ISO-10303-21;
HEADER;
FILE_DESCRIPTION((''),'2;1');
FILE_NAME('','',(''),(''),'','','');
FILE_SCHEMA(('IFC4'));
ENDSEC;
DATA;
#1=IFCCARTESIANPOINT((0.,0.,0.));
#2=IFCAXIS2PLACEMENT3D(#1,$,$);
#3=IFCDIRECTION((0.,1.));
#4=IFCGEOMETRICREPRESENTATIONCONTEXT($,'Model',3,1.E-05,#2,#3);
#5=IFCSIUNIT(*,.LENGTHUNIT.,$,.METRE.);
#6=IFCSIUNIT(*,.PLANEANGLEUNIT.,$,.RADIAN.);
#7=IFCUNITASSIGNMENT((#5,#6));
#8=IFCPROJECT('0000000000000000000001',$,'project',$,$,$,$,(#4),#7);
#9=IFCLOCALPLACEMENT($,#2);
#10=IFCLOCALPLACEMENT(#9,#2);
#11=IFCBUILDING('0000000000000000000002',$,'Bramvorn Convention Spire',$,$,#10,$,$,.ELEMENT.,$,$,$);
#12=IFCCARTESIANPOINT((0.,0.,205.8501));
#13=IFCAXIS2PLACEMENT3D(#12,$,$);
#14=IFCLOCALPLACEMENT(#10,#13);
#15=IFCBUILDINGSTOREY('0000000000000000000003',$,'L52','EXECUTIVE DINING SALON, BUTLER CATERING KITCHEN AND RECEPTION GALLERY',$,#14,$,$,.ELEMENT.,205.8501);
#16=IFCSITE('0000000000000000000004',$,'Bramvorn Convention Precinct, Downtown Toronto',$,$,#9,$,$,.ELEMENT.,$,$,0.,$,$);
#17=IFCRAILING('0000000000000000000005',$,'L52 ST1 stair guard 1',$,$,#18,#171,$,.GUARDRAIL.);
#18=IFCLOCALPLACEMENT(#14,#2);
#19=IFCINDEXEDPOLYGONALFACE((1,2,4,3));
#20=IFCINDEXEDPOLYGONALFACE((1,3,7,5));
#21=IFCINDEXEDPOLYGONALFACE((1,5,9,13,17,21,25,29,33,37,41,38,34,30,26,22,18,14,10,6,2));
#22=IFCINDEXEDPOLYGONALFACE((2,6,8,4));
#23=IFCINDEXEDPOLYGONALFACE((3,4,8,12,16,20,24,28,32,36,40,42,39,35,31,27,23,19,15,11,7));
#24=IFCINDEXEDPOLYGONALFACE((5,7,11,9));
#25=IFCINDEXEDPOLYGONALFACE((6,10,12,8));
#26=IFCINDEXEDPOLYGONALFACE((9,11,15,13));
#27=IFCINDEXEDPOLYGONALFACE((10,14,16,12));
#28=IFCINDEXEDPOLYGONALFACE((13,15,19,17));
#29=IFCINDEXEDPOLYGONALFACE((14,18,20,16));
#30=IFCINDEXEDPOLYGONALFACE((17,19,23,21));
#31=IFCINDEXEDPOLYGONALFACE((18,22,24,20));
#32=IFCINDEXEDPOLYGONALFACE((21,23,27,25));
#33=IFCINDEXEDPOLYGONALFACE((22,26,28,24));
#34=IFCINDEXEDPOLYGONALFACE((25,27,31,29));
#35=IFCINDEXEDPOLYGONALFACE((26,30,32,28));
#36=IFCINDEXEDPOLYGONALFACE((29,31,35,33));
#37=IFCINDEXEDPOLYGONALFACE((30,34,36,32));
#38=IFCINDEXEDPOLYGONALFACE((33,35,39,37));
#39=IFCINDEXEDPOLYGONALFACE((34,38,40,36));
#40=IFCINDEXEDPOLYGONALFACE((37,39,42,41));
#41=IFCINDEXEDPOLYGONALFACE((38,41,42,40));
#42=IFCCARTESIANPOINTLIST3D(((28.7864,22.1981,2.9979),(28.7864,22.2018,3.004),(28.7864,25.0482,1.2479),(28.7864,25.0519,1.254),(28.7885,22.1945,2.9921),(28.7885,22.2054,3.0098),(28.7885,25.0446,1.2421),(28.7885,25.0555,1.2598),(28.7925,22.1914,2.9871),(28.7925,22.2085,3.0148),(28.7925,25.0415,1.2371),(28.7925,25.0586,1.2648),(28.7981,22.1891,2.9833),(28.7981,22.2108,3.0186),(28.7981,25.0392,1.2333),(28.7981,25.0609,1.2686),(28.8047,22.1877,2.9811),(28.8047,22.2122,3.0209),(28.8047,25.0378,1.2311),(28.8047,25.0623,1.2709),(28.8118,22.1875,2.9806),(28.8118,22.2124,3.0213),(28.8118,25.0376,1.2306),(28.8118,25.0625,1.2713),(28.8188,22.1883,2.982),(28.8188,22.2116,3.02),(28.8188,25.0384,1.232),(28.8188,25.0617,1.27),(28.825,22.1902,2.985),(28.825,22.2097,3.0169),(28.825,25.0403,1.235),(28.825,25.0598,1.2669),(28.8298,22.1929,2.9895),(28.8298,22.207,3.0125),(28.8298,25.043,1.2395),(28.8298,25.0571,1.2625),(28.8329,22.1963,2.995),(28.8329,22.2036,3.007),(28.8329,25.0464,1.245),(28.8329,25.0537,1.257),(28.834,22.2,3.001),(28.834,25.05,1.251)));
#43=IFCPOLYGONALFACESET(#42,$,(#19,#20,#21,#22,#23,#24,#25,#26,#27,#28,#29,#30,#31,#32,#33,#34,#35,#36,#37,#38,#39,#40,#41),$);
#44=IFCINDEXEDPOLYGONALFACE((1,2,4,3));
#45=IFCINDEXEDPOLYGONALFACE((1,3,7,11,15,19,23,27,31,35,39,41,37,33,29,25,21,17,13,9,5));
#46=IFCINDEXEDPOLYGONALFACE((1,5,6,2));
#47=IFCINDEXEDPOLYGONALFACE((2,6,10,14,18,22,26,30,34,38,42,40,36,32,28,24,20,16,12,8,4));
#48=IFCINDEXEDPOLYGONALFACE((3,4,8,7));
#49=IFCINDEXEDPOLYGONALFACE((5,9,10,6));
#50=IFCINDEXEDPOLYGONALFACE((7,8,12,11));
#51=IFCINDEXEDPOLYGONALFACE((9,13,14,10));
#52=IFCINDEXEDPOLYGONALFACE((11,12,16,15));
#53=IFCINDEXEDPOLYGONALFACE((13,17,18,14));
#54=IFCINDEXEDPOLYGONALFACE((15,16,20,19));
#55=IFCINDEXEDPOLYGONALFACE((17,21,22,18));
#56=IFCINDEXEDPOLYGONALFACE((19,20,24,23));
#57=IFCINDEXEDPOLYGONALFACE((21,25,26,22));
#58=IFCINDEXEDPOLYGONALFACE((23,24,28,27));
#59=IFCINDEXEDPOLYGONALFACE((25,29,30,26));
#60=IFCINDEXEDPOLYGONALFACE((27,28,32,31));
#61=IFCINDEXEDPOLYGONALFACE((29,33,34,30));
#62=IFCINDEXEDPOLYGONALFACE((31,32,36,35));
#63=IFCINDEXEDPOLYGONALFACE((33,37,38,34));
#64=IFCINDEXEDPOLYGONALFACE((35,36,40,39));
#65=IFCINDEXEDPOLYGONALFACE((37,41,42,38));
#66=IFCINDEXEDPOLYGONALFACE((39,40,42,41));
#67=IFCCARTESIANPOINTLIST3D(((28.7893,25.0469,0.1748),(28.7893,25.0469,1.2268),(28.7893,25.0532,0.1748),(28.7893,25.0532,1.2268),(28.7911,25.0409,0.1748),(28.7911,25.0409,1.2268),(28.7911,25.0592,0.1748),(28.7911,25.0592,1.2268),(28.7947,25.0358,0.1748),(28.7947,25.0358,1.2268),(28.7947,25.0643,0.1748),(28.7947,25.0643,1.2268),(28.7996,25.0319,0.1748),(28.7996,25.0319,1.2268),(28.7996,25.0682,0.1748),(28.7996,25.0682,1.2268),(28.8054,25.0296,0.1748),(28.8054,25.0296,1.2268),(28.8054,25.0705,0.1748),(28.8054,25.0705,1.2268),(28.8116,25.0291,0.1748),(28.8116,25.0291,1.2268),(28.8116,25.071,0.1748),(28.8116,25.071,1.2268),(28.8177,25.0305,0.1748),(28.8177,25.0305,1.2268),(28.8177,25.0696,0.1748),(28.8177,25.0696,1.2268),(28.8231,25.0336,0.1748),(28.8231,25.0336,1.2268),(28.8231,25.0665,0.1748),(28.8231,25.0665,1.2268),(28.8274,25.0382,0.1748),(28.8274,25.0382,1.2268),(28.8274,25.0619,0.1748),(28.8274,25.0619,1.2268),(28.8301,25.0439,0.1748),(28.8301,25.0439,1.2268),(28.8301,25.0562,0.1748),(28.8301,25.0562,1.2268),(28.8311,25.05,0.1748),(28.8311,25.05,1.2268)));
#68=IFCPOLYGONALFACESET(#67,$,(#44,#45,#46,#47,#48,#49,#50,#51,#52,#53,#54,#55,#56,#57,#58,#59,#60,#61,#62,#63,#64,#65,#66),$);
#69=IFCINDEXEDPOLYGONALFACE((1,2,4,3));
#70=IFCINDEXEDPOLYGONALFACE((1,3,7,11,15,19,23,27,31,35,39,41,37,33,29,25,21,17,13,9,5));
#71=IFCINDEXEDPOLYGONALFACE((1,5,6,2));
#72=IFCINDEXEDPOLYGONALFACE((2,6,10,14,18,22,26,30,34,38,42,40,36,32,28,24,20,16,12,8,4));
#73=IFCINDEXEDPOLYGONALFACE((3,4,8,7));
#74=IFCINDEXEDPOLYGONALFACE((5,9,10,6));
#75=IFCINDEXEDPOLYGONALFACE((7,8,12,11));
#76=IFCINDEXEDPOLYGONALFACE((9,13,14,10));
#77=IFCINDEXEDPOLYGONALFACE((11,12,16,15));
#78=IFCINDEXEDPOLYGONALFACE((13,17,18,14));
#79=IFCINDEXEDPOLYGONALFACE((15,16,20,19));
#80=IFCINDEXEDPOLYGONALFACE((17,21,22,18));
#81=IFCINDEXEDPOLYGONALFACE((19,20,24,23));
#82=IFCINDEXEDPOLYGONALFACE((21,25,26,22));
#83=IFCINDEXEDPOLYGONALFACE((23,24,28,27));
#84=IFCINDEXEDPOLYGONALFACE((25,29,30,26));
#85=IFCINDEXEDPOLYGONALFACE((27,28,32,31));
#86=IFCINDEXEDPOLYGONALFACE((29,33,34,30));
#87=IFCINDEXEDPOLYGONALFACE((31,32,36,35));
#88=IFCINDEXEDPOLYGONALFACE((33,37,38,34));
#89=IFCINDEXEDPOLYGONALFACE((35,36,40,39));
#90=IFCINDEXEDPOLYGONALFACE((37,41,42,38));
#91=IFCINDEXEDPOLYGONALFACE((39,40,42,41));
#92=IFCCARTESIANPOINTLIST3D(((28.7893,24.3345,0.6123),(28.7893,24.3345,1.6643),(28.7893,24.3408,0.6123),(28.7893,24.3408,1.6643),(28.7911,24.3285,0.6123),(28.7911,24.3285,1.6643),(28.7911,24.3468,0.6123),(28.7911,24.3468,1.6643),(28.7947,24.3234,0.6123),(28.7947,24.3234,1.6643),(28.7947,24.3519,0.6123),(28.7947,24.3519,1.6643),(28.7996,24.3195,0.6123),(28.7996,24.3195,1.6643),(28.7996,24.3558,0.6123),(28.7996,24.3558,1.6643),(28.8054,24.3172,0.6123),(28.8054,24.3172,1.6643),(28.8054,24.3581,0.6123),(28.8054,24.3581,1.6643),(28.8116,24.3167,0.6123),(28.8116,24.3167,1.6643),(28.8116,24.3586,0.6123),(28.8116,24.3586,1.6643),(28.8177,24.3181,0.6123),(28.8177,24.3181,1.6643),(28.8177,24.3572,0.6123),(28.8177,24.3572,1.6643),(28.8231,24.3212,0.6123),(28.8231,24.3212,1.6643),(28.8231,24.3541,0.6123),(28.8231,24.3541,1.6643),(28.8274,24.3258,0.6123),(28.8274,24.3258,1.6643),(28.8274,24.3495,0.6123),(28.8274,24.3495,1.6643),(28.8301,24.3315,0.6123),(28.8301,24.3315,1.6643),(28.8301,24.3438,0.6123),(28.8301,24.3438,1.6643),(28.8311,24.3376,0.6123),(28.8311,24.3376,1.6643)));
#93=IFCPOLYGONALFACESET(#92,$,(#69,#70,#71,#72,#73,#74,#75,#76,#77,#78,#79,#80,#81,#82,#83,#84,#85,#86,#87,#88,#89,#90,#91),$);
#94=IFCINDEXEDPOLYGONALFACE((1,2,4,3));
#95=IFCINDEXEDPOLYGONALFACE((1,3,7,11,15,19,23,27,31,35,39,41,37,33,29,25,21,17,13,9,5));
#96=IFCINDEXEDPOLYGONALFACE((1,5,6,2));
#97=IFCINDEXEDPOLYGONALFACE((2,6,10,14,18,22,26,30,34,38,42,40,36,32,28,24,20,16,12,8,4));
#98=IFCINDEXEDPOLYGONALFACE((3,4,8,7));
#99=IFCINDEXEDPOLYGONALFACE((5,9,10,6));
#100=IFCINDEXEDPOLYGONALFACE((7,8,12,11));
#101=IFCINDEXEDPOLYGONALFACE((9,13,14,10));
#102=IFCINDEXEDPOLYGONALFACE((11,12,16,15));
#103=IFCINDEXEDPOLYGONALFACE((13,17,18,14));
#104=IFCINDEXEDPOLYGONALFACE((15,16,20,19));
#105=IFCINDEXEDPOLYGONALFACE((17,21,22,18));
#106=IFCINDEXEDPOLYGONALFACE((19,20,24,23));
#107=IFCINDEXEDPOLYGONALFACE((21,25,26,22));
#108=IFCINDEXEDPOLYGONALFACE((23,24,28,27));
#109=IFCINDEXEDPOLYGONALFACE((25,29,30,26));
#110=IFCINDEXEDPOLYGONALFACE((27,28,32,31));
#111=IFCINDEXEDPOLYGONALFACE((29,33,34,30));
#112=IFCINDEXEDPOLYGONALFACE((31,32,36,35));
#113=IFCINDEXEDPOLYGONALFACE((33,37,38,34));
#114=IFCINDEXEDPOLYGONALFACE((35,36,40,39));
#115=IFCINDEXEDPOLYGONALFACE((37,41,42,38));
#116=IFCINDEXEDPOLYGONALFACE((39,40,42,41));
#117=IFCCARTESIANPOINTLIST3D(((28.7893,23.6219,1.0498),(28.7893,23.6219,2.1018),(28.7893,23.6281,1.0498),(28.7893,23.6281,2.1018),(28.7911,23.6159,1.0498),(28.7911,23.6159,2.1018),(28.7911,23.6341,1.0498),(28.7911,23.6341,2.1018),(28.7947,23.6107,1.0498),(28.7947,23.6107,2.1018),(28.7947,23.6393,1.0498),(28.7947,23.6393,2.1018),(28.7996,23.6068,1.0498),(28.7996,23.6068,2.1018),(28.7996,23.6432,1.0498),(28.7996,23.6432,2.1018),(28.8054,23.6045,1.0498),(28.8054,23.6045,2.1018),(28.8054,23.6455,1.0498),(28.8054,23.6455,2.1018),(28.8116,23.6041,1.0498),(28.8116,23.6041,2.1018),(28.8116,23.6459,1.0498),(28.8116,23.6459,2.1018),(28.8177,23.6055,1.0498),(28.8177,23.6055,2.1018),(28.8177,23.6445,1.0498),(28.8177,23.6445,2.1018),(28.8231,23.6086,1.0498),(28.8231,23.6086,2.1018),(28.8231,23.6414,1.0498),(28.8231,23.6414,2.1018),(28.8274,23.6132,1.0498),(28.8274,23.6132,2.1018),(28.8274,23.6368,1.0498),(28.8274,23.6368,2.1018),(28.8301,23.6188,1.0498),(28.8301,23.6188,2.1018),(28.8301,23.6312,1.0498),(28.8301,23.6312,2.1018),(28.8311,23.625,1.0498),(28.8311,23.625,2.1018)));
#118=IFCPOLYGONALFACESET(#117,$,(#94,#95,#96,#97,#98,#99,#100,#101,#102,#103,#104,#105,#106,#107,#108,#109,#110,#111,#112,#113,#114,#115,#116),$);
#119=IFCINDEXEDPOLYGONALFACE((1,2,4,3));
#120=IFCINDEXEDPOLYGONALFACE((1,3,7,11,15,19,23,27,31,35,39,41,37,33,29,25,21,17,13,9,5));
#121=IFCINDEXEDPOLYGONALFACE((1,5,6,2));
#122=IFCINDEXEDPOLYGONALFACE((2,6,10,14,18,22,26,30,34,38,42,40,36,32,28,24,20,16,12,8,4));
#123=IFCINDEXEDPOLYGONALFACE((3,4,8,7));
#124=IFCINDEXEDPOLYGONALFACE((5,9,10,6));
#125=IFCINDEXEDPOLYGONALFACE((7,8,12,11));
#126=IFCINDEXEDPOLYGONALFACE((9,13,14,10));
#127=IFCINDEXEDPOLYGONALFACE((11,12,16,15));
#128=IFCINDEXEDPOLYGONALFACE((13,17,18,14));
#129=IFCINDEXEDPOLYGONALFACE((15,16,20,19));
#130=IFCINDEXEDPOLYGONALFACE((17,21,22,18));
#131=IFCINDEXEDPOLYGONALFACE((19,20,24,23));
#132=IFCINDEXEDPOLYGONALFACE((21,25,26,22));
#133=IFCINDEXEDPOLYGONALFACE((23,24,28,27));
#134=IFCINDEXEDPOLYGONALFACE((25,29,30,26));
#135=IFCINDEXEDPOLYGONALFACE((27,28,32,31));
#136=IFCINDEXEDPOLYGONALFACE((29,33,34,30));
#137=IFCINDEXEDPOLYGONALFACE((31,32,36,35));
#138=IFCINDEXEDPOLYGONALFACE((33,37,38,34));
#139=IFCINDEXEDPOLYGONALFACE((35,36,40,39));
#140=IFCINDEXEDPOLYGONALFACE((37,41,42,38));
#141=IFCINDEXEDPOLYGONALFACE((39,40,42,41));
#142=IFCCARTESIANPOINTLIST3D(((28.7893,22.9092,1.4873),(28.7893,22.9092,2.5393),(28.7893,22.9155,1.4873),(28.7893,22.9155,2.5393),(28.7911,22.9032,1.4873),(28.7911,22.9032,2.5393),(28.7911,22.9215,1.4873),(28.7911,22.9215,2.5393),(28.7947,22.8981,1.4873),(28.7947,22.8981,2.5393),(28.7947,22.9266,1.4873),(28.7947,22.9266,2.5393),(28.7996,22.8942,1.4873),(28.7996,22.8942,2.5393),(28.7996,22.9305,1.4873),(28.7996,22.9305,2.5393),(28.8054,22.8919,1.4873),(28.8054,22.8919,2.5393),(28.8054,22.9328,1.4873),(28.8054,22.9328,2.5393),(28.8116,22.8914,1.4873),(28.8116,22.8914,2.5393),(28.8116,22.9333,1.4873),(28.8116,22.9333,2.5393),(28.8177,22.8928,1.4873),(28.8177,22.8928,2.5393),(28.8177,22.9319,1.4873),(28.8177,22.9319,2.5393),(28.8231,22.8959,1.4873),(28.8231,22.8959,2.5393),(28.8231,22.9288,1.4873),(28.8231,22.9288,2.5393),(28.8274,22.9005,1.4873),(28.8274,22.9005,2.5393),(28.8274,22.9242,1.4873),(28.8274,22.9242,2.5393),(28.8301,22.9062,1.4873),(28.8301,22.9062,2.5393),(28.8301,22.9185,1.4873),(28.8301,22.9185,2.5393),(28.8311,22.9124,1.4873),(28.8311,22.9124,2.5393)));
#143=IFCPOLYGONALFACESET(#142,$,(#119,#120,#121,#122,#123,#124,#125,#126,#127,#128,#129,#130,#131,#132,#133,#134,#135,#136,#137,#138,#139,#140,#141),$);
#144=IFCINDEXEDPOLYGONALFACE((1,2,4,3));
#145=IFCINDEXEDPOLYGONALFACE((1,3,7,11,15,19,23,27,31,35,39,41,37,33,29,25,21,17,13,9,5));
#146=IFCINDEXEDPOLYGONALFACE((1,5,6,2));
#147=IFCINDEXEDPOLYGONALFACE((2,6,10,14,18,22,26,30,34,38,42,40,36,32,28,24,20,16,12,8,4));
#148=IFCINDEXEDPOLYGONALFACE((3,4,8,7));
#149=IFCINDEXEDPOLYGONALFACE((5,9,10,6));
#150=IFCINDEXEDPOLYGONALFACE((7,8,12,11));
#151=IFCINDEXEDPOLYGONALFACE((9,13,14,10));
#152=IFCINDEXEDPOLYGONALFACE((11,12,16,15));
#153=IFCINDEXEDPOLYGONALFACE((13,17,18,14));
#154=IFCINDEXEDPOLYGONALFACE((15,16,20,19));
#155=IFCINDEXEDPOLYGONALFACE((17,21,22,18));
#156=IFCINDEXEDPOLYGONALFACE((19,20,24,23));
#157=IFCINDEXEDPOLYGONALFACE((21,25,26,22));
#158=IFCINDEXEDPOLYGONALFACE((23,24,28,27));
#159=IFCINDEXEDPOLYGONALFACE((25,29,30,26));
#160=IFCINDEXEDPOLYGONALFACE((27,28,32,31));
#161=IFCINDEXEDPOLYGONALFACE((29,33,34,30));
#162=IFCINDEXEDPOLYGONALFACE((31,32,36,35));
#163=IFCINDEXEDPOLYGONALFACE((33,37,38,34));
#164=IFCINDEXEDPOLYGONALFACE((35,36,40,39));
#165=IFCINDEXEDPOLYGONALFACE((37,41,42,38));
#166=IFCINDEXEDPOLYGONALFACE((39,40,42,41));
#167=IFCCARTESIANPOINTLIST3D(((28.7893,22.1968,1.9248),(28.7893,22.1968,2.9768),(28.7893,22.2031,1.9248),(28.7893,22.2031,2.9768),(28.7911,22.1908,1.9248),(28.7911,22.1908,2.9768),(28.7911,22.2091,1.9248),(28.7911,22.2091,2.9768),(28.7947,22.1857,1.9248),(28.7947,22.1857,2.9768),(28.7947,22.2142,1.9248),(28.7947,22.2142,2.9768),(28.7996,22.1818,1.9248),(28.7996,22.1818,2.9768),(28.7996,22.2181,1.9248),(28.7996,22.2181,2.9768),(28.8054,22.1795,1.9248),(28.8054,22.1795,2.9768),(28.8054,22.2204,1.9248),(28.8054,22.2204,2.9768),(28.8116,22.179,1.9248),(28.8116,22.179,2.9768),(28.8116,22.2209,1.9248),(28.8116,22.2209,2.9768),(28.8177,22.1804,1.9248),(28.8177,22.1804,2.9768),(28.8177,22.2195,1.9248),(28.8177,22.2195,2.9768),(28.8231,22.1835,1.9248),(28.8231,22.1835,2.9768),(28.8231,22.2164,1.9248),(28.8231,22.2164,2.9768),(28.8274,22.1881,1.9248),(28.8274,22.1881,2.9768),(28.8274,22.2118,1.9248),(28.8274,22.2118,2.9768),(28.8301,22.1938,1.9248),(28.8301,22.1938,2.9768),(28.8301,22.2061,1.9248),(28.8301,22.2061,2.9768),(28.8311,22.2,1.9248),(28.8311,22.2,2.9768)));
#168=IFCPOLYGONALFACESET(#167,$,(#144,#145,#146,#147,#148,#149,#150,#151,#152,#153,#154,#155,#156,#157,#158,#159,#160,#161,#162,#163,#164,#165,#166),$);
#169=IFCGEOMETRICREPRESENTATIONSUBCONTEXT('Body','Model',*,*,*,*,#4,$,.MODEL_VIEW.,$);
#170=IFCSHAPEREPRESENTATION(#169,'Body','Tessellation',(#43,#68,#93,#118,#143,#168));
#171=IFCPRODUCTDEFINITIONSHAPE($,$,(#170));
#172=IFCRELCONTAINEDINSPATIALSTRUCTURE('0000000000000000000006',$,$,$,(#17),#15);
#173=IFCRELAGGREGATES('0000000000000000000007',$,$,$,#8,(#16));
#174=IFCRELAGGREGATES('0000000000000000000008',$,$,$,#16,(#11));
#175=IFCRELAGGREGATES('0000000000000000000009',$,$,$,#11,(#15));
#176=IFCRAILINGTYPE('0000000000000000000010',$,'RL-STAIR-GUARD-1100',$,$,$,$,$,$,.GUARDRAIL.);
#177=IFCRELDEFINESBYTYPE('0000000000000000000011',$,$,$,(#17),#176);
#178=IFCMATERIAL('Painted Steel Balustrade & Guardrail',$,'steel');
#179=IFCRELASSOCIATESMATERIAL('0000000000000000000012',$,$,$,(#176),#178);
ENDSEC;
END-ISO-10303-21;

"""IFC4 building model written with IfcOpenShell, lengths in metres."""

from ifc_helpers import new_model, si_unit, direction, frame, origin, origin_2d, place, context, subcontext, project, spatial, circle, extrude, material, type_object, element, save


model = new_model("IFC4")

# Units and contexts
model_context = context("Model", 3, precision=1e-05, world=origin(), true_north=direction((0.0, 1.0)))
body_context = subcontext(model_context, "Body", "Model", "MODEL_VIEW")
ifc_project = project(units=[si_unit("LENGTHUNIT", "METRE"), si_unit("PLANEANGLEUNIT", "RADIAN")], contexts=[model_context])

# Site, building, storey
site_placement = place(None, origin())
site = spatial("IfcSite", under=ifc_project, at=site_placement, Name="Bramvorn Convention Precinct, Downtown Toronto", CompositionType="ELEMENT", RefElevation=0.0)
building_placement = place(site_placement, origin())
building = spatial("IfcBuilding", under=site, at=building_placement, Name="Bramvorn Convention Spire", CompositionType="ELEMENT")
storey_placement = place(building_placement, frame((0.0, 0.0, 205.8501)))
storey = spatial("IfcBuildingStorey", under=building, at=storey_placement, Name="L52", Description="EXECUTIVE DINING SALON, BUTLER CATERING KITCHEN AND RECEPTION GALLERY", CompositionType="ELEMENT", Elevation=205.8501)

# Railing
ifc_material_1 = material(Name="Painted Steel Balustrade & Guardrail", Category="steel")
railing_type_1 = type_object("IfcRailingType", Name="RL-STAIR-GUARD-1100", PredefinedType="GUARDRAIL", material=ifc_material_1)
railing_1_placement = place(storey_placement, frame((28.8101, 25.05, 0.1748)))
element("IfcRailing", 1, at=railing_1_placement, inside=storey, type_object=railing_type_1, Name="L52 ST1 stair guard 1", PredefinedType="GUARDRAIL", context=body_context, shape_type="SweptSolid", body=[
    extrude(circle(Radius=0.0239, at=origin_2d()), frame((0.0, 0.0, 1.0762), z_axis=(0.0, -0.852179, 0.52325), x_axis=(1.0, 0.0, 0.0)), (0.0, 0.0, 1.0), 3.3445),
    extrude(circle(Radius=0.021, at=origin_2d()), origin(), (0.0, 0.0, 1.0), 1.052),
    extrude(circle(Radius=0.021, at=origin_2d()), frame((0.0, -0.7124, 0.4375)), (0.0, 0.0, 1.0), 1.052),
    extrude(circle(Radius=0.021, at=origin_2d()), frame((0.0, -1.425, 0.875)), (0.0, 0.0, 1.0), 1.052),
    extrude(circle(Radius=0.021, at=origin_2d()), frame((0.0, -2.1377, 1.3125)), (0.0, 0.0, 1.0), 1.052),
    extrude(circle(Radius=0.021, at=origin_2d()), frame((0.0, -2.8501, 1.75)), (0.0, 0.0, 1.0), 1.052),
])

save(model, "model.ifc")
